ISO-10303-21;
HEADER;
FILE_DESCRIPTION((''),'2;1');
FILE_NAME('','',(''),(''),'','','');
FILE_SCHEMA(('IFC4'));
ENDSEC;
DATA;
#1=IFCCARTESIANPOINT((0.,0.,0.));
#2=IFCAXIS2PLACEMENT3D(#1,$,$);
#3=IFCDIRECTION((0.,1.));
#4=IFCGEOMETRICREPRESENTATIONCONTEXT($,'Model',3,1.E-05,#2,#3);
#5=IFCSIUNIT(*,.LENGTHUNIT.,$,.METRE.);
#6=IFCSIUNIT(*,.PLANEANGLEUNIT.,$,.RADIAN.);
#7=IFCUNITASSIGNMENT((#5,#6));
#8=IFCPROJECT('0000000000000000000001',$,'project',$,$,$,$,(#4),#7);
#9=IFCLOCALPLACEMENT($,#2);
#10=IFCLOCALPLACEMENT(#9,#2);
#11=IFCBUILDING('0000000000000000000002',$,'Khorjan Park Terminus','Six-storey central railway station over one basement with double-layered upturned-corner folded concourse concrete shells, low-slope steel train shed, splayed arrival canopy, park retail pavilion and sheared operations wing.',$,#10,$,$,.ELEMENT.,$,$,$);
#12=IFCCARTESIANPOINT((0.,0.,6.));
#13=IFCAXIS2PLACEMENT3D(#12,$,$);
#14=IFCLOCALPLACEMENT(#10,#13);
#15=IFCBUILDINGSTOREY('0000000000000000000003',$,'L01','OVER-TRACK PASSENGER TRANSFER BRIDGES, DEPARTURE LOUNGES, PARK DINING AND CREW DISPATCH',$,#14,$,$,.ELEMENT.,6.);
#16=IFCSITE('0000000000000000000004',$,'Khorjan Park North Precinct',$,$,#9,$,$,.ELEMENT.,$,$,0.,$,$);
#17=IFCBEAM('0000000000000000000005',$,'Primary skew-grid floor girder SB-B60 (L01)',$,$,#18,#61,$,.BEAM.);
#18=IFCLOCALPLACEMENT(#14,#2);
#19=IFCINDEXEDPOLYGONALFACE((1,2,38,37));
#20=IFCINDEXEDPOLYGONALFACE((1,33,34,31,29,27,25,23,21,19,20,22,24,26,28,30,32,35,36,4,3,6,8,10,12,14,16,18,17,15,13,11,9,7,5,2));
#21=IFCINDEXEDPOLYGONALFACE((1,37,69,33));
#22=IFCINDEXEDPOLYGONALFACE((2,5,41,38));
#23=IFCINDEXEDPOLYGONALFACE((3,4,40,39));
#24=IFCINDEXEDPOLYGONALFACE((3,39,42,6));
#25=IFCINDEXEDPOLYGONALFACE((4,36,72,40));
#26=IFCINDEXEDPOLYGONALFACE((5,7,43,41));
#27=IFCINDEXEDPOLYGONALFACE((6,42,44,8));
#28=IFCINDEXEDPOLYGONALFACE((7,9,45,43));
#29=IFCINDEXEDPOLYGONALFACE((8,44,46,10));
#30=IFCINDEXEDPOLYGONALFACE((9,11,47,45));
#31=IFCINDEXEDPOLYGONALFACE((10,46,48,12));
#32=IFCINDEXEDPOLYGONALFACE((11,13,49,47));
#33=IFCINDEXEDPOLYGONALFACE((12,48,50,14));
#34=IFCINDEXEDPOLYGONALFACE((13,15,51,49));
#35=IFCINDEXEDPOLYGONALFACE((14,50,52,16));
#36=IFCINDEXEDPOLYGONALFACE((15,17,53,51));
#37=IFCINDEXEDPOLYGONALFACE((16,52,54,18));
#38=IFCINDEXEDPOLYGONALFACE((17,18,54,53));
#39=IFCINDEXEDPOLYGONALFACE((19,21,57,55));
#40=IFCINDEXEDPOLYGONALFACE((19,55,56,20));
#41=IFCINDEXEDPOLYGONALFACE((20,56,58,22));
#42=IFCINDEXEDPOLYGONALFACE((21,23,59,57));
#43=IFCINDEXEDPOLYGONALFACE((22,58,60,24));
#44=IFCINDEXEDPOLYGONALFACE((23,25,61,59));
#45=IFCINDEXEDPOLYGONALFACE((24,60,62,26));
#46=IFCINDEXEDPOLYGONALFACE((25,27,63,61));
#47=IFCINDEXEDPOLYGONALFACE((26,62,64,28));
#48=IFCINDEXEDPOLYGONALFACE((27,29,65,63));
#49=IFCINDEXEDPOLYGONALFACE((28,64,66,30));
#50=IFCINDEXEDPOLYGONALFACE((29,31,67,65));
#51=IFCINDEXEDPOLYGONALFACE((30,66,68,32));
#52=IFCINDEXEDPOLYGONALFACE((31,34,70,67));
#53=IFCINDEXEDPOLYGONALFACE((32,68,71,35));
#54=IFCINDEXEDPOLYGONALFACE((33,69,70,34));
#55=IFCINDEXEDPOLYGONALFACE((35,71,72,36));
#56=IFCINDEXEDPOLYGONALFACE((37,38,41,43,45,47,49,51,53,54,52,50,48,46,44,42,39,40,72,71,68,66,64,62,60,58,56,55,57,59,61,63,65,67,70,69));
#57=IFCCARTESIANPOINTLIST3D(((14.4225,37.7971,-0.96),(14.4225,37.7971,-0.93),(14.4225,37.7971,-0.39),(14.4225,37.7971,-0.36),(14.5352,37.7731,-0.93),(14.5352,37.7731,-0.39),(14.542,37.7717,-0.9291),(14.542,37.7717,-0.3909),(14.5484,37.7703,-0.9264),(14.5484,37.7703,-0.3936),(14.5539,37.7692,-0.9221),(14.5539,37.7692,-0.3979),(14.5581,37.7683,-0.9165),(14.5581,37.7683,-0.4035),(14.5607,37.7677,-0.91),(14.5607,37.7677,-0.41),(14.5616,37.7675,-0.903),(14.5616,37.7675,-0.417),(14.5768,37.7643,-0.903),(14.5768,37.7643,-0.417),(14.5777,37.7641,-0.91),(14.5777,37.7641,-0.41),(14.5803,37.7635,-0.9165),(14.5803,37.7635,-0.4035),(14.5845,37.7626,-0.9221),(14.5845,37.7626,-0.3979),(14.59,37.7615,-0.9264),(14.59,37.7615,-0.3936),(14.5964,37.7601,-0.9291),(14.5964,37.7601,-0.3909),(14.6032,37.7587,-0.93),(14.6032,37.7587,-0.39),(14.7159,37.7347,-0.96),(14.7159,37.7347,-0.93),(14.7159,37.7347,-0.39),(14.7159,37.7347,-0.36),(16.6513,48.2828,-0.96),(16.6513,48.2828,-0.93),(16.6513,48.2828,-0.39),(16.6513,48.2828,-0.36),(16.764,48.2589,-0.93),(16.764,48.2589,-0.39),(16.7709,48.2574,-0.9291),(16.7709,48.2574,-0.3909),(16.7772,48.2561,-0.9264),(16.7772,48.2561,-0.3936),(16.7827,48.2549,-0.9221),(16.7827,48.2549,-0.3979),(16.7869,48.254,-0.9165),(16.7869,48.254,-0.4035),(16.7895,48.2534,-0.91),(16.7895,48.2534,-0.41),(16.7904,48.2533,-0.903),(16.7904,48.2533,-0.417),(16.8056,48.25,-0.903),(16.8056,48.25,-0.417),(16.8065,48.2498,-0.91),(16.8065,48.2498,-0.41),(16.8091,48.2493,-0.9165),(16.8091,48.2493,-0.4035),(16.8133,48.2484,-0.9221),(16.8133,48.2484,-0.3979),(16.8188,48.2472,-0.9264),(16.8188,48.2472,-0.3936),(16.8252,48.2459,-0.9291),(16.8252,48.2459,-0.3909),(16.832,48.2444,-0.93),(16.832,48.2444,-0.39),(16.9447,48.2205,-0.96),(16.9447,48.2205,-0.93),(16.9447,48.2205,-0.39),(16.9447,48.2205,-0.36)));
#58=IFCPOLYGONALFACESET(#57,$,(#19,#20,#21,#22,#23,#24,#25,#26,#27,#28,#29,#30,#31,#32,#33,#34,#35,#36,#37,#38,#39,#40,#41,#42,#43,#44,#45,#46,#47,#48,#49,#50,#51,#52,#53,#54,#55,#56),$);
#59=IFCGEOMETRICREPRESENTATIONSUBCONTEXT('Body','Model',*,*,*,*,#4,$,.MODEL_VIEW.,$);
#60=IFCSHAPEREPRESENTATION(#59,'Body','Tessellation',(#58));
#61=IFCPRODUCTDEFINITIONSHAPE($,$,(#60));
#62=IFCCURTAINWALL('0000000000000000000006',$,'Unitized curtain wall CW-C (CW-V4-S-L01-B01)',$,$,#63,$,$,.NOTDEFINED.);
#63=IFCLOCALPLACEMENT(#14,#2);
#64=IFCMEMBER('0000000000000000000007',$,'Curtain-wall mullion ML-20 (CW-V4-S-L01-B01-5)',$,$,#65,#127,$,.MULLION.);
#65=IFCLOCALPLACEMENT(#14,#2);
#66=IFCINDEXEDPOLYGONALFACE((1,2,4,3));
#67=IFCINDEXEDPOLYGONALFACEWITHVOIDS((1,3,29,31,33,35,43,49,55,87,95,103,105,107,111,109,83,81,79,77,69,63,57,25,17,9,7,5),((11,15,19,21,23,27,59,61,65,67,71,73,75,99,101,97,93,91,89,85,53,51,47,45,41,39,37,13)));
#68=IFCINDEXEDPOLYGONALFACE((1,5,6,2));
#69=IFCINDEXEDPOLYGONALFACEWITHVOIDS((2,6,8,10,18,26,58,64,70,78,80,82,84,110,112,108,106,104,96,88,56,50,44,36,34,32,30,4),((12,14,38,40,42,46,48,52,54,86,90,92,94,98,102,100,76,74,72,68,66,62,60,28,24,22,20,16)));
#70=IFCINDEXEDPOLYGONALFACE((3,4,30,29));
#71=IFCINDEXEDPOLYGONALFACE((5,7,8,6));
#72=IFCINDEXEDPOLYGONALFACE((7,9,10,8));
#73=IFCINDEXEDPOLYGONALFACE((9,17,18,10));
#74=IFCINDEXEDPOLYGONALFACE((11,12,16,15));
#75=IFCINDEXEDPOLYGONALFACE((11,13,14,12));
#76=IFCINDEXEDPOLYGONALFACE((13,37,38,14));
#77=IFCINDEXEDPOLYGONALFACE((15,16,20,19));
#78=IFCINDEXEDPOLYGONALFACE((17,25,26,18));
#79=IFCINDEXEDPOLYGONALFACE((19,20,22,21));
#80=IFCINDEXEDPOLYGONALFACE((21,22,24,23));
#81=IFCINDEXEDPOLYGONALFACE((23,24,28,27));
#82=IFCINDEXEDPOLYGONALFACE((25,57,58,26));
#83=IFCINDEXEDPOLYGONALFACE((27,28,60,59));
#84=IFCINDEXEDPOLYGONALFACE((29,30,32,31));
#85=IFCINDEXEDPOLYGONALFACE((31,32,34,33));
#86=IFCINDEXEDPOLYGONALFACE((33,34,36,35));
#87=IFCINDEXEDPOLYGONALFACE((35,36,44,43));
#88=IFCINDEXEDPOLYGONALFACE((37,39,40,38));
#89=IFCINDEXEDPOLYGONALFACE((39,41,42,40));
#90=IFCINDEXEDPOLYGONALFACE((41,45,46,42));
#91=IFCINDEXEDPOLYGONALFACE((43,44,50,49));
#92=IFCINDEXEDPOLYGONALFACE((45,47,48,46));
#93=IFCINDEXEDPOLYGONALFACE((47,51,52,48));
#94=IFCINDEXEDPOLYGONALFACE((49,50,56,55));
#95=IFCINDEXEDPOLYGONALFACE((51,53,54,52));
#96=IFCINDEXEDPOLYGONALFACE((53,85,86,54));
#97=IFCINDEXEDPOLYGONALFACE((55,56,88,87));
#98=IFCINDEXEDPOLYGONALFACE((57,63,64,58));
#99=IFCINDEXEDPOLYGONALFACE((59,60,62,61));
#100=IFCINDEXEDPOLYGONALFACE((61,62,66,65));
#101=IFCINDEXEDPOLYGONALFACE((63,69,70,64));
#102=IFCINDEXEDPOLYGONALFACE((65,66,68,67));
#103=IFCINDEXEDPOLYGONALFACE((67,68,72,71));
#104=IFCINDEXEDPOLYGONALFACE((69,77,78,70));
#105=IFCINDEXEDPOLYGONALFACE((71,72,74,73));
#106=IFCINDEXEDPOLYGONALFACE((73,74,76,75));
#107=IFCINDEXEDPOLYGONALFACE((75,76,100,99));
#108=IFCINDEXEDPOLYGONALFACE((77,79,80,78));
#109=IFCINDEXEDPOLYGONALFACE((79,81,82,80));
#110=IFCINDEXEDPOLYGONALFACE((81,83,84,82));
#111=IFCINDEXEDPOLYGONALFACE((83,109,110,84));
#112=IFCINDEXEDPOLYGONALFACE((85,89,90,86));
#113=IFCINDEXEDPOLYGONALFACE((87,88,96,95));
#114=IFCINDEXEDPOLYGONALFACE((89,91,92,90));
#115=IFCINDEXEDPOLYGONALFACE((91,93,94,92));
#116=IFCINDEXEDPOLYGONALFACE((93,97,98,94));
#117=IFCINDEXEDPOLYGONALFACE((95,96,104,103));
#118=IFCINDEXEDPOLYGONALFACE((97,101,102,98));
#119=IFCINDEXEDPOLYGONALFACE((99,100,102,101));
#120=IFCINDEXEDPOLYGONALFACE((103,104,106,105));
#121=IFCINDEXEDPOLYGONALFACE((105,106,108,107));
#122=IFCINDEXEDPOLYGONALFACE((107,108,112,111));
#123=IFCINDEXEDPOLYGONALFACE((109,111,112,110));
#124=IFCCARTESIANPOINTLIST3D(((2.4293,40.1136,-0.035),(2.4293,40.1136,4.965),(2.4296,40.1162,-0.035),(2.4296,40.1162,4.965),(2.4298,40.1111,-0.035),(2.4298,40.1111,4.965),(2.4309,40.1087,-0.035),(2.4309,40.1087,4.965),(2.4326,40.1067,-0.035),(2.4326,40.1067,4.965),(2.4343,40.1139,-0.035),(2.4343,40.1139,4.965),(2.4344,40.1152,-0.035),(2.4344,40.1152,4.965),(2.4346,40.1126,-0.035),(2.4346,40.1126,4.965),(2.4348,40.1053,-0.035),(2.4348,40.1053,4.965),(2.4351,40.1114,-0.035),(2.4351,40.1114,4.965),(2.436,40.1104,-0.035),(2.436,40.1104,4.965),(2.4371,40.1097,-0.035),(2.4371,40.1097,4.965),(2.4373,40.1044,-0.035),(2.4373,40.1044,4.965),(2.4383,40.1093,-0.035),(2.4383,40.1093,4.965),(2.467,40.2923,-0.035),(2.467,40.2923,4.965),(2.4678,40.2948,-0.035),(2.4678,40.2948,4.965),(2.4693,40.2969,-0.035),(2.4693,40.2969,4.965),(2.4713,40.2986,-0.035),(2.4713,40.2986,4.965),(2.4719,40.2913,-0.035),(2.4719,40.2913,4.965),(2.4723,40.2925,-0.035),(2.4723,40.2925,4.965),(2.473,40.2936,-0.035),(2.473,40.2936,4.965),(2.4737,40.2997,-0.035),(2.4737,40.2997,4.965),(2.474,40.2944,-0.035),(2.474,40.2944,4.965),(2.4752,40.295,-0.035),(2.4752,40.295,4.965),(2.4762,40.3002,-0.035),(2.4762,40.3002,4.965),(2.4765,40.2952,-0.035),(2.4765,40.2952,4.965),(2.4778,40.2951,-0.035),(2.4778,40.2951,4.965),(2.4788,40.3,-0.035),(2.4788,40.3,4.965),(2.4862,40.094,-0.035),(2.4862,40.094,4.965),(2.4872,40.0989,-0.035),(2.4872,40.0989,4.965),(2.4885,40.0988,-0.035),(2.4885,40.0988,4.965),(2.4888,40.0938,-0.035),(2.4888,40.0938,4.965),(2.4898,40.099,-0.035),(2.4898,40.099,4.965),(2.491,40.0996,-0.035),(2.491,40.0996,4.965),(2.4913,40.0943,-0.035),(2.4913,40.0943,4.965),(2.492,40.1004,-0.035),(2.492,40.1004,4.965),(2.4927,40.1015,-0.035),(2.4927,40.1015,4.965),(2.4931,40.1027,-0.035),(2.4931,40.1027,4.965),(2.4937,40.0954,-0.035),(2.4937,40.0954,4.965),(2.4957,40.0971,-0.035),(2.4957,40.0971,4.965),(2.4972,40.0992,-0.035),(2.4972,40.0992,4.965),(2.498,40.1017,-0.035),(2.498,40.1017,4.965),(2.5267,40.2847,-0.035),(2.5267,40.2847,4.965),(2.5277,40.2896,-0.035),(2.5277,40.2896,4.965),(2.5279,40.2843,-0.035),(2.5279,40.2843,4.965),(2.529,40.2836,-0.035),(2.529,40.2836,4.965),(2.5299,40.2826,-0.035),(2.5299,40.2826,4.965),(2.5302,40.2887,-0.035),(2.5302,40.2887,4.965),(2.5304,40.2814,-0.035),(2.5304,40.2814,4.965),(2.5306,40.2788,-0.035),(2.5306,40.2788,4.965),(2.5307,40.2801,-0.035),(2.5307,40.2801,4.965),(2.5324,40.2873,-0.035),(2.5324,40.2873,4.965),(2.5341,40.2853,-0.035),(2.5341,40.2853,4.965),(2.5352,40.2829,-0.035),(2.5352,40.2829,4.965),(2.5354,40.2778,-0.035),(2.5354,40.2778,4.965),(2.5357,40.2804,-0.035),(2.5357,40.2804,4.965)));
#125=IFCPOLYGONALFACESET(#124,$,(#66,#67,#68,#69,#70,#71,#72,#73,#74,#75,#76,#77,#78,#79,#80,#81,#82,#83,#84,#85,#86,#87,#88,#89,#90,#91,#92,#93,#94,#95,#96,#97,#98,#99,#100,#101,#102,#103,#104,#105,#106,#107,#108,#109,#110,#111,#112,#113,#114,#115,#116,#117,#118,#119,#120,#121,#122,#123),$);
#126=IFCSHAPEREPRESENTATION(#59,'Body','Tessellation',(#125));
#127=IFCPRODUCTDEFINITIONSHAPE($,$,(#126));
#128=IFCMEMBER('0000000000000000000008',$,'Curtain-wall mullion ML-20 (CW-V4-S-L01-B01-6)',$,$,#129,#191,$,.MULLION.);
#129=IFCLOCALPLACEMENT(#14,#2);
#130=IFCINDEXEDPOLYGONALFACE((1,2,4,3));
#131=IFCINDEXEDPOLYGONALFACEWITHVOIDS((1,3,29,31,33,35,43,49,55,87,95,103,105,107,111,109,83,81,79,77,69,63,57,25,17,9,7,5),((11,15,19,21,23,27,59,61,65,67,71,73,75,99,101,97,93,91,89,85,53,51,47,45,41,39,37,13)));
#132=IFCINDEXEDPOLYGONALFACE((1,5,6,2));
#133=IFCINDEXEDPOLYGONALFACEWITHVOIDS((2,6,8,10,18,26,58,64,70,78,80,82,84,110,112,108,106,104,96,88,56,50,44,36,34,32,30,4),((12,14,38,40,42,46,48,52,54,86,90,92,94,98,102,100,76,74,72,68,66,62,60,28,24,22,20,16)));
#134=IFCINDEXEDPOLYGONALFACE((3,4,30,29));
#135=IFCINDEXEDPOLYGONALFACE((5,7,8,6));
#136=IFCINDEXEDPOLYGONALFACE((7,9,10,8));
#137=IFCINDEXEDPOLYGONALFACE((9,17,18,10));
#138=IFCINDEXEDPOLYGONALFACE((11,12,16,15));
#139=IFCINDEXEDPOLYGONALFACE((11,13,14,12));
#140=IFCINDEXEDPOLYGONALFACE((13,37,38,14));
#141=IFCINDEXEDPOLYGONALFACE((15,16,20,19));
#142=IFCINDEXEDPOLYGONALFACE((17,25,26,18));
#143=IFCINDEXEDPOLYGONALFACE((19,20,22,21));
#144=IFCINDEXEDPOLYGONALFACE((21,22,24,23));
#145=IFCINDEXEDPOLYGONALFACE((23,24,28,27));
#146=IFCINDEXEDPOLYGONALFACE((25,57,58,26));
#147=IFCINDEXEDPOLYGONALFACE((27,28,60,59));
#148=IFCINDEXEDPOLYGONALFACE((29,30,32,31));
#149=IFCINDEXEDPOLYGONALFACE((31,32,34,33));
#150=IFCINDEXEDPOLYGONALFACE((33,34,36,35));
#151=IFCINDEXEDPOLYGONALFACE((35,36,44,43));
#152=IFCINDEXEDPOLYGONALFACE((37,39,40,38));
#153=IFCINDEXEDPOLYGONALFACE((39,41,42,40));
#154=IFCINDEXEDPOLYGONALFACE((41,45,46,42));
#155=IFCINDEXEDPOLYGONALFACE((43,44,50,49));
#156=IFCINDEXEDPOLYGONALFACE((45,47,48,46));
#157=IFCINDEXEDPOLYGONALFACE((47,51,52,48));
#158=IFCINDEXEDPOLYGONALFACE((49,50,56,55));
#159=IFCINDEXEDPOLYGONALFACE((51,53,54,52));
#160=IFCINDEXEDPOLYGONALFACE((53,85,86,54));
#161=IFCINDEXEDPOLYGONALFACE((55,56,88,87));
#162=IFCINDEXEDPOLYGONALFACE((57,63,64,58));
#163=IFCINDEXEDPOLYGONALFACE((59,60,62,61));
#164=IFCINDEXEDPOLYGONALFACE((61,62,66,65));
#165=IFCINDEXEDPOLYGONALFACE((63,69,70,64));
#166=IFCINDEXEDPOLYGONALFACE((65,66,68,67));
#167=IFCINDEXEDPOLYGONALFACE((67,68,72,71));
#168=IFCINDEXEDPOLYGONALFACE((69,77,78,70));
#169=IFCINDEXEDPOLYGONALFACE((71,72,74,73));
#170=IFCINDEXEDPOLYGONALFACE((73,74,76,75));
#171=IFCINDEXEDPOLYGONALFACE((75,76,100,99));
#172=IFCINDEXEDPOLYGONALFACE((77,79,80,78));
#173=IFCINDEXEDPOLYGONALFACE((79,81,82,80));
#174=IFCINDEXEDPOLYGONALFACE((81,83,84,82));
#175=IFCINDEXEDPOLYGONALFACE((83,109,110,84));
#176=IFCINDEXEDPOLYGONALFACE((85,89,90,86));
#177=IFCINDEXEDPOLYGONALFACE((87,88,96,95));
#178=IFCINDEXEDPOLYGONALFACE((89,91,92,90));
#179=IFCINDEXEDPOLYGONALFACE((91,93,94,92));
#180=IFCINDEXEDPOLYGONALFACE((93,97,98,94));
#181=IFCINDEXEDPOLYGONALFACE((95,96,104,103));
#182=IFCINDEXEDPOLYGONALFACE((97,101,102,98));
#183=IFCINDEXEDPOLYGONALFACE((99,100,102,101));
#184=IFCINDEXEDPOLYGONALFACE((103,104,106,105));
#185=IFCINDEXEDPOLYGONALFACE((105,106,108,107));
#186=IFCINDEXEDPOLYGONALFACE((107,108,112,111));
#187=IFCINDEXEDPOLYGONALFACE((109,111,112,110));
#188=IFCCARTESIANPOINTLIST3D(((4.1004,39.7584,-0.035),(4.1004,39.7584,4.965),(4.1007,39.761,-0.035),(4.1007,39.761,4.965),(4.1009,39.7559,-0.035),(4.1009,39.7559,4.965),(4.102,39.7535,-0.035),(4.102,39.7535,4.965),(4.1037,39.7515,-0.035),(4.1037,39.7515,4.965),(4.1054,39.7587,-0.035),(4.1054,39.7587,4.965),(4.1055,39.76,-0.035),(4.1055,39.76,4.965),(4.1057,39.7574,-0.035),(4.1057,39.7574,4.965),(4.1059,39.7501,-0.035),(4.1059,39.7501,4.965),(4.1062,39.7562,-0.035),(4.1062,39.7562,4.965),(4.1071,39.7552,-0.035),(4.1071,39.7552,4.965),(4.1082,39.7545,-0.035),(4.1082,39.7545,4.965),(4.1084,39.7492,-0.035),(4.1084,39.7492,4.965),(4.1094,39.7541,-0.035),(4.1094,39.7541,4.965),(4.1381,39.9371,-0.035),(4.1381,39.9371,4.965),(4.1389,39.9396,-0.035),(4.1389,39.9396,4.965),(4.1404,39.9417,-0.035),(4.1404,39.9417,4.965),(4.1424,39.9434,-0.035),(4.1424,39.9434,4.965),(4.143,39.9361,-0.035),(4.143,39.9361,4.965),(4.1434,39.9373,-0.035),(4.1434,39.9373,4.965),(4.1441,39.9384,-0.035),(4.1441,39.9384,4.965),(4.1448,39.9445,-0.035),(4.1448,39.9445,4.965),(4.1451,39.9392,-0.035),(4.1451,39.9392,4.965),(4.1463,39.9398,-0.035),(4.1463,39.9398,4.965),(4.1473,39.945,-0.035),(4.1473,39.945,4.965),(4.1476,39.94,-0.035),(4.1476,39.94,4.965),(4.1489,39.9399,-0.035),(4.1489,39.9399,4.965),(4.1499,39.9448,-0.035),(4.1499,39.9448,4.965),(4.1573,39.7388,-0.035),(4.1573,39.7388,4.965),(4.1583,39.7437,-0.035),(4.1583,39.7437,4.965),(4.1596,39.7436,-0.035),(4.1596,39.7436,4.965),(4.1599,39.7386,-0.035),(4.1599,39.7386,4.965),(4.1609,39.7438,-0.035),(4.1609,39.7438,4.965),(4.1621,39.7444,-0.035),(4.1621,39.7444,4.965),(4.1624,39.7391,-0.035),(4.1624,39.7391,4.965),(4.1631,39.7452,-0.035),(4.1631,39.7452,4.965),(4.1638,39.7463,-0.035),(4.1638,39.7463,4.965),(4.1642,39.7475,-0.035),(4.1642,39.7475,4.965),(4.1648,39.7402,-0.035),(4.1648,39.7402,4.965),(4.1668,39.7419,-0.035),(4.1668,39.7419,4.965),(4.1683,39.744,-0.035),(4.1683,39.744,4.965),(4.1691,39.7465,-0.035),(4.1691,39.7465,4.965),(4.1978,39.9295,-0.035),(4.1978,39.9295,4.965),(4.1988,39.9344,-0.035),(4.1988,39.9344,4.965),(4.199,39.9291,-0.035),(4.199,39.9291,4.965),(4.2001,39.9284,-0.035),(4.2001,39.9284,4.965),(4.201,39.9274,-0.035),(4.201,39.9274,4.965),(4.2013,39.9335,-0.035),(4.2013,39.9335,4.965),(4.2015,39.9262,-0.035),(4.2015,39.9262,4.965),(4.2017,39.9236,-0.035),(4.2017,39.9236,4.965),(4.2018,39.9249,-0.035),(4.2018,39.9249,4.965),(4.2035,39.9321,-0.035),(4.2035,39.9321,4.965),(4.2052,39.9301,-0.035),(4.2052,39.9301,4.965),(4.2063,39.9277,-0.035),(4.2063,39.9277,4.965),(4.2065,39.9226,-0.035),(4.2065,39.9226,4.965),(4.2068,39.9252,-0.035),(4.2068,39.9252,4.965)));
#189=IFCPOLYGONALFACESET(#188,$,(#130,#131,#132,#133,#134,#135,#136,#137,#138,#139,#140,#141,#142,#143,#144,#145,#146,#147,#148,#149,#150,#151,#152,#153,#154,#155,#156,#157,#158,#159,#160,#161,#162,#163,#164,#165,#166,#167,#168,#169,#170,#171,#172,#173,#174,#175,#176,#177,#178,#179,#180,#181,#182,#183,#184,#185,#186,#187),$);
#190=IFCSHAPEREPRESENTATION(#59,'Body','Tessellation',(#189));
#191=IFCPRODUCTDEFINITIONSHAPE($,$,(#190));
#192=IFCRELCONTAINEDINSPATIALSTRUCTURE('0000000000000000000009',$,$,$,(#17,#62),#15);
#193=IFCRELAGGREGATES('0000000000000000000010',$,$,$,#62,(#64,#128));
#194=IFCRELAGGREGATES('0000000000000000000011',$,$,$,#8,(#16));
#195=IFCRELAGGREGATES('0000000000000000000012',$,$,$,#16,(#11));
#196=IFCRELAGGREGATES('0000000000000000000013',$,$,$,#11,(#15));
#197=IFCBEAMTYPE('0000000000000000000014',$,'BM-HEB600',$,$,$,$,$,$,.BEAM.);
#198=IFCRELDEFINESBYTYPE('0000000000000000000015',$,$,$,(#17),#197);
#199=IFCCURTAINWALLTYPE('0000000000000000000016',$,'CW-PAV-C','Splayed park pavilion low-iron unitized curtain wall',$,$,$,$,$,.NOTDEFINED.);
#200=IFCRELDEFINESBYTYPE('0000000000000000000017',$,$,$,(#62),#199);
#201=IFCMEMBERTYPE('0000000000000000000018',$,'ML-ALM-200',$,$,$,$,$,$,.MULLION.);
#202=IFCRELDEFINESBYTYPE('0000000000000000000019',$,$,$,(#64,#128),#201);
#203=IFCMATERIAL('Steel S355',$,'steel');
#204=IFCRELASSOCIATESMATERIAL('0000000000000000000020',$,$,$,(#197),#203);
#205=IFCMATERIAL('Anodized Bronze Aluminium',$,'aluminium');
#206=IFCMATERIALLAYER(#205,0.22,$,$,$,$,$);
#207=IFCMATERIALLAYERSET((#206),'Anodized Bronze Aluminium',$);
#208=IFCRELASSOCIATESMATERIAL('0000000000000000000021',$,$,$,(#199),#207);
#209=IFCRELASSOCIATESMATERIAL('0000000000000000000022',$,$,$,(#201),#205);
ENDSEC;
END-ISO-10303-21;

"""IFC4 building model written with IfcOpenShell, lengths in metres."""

from ifc_helpers import new_model, si_unit, direction, frame, origin, origin_2d, place, context, subcontext, project, spatial, hollow_rectangle, i_section, extrude, material, layer, layer_set, material_profile, profile_set, type_object, element, aggregate, save


model = new_model("IFC4")

# Units and contexts
model_context = context("Model", 3, precision=1e-05, world=origin(), true_north=direction((0.0, 1.0)))
body_context = subcontext(model_context, "Body", "Model", "MODEL_VIEW")
ifc_project = project(units=[si_unit("LENGTHUNIT", "METRE"), si_unit("PLANEANGLEUNIT", "RADIAN")], contexts=[model_context])

# Site, building, storey
site_placement = place(None, origin())
site = spatial("IfcSite", under=ifc_project, at=site_placement, Name="Khorjan Park North Precinct", CompositionType="ELEMENT", RefElevation=0.0)
building_placement = place(site_placement, origin())
building = spatial("IfcBuilding", under=site, at=building_placement, Name="Khorjan Park Terminus", Description="Six-storey central railway station over one basement with double-layered upturned-corner folded concourse concrete shells, low-slope steel train shed, splayed arrival canopy, park retail pavilion and sheared operations wing.", CompositionType="ELEMENT")
storey_placement = place(building_placement, frame((0.0, 0.0, 6.0)))
storey = spatial("IfcBuildingStorey", under=building, at=storey_placement, Name="L01", Description="OVER-TRACK PASSENGER TRANSFER BRIDGES, DEPARTURE LOUNGES, PARK DINING AND CREW DISPATCH", CompositionType="ELEMENT", Elevation=6.0)

# Shared definitions
ifc_material_1 = material(Name="Steel S355", Category="steel")

# Beam
ifc_material_profile_1 = material_profile(ifc_material_1, i_section(OverallWidth=0.3, OverallDepth=0.6, WebThickness=0.0155, FlangeThickness=0.03, FilletRadius=0.027, at=origin_2d()), Name="HEB 600")
ifc_profile_set_1 = profile_set([ifc_material_profile_1], Name="Steel S355")
beam_type_1 = type_object("IfcBeamType", Name="BM-HEB600", PredefinedType="BEAM", material=ifc_profile_set_1)
beam_1_placement = place(storey_placement, frame((14.5692, 37.7659, -0.66), z_axis=(0.207911, 0.978148, 0.0), x_axis=(-0.978148, 0.207911, 0.0)))
element("IfcBeam", 1, at=beam_1_placement, inside=storey, type_object=beam_type_1, Name="Primary skew-grid floor girder SB-B60 (L01)", PredefinedType="BEAM", context=body_context, shape_type="SweptSolid", body=[
    extrude(i_section(OverallWidth=0.3, OverallDepth=0.6, WebThickness=0.0155, FlangeThickness=0.03, FilletRadius=0.027, at=origin_2d()), origin(), (0.0, 0.0, 1.0), 10.72),
])

# Curtain wall, members
ifc_material_2 = material(Name="Anodized Bronze Aluminium", Category="aluminium")
ifc_layer_1 = layer(ifc_material_2, 0.22)
ifc_layer_set_1 = layer_set([ifc_layer_1], Name="Anodized Bronze Aluminium")
curtain_wall_type = type_object("IfcCurtainWallType", Name="CW-PAV-C", Description="Splayed park pavilion low-iron unitized curtain wall", PredefinedType="NOTDEFINED", material=ifc_layer_set_1)
curtain_wall_1_placement = place(storey_placement, origin())
curtain_wall_1 = element("IfcCurtainWall", 2, at=curtain_wall_1_placement, inside=storey, type_object=curtain_wall_type, Name="Unitized curtain wall CW-C (CW-V4-S-L01-B01)", PredefinedType="NOTDEFINED")
ifc_material_profile_2 = material_profile(ifc_material_2, hollow_rectangle(XDim=0.07, YDim=0.2, WallThickness=0.005, InnerFilletRadius=0.005, OuterFilletRadius=0.01, at=origin_2d()), Name="ALM 70x200x5")
ifc_profile_set_2 = profile_set([ifc_material_profile_2], Name="Anodized Bronze Aluminium")
member_type_1 = type_object("IfcMemberType", Name="ML-ALM-200", PredefinedType="MULLION", material=ifc_profile_set_2)
member_1_placement = place(storey_placement, frame((2.4825, 40.197, -0.035), z_axis=(0.0, 0.0, 1.0), x_axis=(0.978147, -0.207914, 0.0)))
member_1 = element("IfcMember", 3, at=member_1_placement, type_object=member_type_1, Name="Curtain-wall mullion ML-20 (CW-V4-S-L01-B01-5)", PredefinedType="MULLION", context=body_context, shape_type="SweptSolid", body=[
    extrude(hollow_rectangle(XDim=0.07, YDim=0.2, WallThickness=0.005, InnerFilletRadius=0.005, OuterFilletRadius=0.01, at=origin_2d()), origin(), (0.0, 0.0, 1.0), 5.0),
])
member_2_placement = place(storey_placement, frame((4.1536, 39.8418, -0.035), z_axis=(0.0, 0.0, 1.0), x_axis=(0.978147, -0.207914, 0.0)))
member_2 = element("IfcMember", 4, at=member_2_placement, type_object=member_type_1, Name="Curtain-wall mullion ML-20 (CW-V4-S-L01-B01-6)", PredefinedType="MULLION", context=body_context, shape_type="SweptSolid", body=[
    extrude(hollow_rectangle(XDim=0.07, YDim=0.2, WallThickness=0.005, InnerFilletRadius=0.005, OuterFilletRadius=0.01, at=origin_2d()), origin(), (0.0, 0.0, 1.0), 5.0),
])

aggregate(curtain_wall_1, [member_1, member_2])

save(model, "model.ifc")
